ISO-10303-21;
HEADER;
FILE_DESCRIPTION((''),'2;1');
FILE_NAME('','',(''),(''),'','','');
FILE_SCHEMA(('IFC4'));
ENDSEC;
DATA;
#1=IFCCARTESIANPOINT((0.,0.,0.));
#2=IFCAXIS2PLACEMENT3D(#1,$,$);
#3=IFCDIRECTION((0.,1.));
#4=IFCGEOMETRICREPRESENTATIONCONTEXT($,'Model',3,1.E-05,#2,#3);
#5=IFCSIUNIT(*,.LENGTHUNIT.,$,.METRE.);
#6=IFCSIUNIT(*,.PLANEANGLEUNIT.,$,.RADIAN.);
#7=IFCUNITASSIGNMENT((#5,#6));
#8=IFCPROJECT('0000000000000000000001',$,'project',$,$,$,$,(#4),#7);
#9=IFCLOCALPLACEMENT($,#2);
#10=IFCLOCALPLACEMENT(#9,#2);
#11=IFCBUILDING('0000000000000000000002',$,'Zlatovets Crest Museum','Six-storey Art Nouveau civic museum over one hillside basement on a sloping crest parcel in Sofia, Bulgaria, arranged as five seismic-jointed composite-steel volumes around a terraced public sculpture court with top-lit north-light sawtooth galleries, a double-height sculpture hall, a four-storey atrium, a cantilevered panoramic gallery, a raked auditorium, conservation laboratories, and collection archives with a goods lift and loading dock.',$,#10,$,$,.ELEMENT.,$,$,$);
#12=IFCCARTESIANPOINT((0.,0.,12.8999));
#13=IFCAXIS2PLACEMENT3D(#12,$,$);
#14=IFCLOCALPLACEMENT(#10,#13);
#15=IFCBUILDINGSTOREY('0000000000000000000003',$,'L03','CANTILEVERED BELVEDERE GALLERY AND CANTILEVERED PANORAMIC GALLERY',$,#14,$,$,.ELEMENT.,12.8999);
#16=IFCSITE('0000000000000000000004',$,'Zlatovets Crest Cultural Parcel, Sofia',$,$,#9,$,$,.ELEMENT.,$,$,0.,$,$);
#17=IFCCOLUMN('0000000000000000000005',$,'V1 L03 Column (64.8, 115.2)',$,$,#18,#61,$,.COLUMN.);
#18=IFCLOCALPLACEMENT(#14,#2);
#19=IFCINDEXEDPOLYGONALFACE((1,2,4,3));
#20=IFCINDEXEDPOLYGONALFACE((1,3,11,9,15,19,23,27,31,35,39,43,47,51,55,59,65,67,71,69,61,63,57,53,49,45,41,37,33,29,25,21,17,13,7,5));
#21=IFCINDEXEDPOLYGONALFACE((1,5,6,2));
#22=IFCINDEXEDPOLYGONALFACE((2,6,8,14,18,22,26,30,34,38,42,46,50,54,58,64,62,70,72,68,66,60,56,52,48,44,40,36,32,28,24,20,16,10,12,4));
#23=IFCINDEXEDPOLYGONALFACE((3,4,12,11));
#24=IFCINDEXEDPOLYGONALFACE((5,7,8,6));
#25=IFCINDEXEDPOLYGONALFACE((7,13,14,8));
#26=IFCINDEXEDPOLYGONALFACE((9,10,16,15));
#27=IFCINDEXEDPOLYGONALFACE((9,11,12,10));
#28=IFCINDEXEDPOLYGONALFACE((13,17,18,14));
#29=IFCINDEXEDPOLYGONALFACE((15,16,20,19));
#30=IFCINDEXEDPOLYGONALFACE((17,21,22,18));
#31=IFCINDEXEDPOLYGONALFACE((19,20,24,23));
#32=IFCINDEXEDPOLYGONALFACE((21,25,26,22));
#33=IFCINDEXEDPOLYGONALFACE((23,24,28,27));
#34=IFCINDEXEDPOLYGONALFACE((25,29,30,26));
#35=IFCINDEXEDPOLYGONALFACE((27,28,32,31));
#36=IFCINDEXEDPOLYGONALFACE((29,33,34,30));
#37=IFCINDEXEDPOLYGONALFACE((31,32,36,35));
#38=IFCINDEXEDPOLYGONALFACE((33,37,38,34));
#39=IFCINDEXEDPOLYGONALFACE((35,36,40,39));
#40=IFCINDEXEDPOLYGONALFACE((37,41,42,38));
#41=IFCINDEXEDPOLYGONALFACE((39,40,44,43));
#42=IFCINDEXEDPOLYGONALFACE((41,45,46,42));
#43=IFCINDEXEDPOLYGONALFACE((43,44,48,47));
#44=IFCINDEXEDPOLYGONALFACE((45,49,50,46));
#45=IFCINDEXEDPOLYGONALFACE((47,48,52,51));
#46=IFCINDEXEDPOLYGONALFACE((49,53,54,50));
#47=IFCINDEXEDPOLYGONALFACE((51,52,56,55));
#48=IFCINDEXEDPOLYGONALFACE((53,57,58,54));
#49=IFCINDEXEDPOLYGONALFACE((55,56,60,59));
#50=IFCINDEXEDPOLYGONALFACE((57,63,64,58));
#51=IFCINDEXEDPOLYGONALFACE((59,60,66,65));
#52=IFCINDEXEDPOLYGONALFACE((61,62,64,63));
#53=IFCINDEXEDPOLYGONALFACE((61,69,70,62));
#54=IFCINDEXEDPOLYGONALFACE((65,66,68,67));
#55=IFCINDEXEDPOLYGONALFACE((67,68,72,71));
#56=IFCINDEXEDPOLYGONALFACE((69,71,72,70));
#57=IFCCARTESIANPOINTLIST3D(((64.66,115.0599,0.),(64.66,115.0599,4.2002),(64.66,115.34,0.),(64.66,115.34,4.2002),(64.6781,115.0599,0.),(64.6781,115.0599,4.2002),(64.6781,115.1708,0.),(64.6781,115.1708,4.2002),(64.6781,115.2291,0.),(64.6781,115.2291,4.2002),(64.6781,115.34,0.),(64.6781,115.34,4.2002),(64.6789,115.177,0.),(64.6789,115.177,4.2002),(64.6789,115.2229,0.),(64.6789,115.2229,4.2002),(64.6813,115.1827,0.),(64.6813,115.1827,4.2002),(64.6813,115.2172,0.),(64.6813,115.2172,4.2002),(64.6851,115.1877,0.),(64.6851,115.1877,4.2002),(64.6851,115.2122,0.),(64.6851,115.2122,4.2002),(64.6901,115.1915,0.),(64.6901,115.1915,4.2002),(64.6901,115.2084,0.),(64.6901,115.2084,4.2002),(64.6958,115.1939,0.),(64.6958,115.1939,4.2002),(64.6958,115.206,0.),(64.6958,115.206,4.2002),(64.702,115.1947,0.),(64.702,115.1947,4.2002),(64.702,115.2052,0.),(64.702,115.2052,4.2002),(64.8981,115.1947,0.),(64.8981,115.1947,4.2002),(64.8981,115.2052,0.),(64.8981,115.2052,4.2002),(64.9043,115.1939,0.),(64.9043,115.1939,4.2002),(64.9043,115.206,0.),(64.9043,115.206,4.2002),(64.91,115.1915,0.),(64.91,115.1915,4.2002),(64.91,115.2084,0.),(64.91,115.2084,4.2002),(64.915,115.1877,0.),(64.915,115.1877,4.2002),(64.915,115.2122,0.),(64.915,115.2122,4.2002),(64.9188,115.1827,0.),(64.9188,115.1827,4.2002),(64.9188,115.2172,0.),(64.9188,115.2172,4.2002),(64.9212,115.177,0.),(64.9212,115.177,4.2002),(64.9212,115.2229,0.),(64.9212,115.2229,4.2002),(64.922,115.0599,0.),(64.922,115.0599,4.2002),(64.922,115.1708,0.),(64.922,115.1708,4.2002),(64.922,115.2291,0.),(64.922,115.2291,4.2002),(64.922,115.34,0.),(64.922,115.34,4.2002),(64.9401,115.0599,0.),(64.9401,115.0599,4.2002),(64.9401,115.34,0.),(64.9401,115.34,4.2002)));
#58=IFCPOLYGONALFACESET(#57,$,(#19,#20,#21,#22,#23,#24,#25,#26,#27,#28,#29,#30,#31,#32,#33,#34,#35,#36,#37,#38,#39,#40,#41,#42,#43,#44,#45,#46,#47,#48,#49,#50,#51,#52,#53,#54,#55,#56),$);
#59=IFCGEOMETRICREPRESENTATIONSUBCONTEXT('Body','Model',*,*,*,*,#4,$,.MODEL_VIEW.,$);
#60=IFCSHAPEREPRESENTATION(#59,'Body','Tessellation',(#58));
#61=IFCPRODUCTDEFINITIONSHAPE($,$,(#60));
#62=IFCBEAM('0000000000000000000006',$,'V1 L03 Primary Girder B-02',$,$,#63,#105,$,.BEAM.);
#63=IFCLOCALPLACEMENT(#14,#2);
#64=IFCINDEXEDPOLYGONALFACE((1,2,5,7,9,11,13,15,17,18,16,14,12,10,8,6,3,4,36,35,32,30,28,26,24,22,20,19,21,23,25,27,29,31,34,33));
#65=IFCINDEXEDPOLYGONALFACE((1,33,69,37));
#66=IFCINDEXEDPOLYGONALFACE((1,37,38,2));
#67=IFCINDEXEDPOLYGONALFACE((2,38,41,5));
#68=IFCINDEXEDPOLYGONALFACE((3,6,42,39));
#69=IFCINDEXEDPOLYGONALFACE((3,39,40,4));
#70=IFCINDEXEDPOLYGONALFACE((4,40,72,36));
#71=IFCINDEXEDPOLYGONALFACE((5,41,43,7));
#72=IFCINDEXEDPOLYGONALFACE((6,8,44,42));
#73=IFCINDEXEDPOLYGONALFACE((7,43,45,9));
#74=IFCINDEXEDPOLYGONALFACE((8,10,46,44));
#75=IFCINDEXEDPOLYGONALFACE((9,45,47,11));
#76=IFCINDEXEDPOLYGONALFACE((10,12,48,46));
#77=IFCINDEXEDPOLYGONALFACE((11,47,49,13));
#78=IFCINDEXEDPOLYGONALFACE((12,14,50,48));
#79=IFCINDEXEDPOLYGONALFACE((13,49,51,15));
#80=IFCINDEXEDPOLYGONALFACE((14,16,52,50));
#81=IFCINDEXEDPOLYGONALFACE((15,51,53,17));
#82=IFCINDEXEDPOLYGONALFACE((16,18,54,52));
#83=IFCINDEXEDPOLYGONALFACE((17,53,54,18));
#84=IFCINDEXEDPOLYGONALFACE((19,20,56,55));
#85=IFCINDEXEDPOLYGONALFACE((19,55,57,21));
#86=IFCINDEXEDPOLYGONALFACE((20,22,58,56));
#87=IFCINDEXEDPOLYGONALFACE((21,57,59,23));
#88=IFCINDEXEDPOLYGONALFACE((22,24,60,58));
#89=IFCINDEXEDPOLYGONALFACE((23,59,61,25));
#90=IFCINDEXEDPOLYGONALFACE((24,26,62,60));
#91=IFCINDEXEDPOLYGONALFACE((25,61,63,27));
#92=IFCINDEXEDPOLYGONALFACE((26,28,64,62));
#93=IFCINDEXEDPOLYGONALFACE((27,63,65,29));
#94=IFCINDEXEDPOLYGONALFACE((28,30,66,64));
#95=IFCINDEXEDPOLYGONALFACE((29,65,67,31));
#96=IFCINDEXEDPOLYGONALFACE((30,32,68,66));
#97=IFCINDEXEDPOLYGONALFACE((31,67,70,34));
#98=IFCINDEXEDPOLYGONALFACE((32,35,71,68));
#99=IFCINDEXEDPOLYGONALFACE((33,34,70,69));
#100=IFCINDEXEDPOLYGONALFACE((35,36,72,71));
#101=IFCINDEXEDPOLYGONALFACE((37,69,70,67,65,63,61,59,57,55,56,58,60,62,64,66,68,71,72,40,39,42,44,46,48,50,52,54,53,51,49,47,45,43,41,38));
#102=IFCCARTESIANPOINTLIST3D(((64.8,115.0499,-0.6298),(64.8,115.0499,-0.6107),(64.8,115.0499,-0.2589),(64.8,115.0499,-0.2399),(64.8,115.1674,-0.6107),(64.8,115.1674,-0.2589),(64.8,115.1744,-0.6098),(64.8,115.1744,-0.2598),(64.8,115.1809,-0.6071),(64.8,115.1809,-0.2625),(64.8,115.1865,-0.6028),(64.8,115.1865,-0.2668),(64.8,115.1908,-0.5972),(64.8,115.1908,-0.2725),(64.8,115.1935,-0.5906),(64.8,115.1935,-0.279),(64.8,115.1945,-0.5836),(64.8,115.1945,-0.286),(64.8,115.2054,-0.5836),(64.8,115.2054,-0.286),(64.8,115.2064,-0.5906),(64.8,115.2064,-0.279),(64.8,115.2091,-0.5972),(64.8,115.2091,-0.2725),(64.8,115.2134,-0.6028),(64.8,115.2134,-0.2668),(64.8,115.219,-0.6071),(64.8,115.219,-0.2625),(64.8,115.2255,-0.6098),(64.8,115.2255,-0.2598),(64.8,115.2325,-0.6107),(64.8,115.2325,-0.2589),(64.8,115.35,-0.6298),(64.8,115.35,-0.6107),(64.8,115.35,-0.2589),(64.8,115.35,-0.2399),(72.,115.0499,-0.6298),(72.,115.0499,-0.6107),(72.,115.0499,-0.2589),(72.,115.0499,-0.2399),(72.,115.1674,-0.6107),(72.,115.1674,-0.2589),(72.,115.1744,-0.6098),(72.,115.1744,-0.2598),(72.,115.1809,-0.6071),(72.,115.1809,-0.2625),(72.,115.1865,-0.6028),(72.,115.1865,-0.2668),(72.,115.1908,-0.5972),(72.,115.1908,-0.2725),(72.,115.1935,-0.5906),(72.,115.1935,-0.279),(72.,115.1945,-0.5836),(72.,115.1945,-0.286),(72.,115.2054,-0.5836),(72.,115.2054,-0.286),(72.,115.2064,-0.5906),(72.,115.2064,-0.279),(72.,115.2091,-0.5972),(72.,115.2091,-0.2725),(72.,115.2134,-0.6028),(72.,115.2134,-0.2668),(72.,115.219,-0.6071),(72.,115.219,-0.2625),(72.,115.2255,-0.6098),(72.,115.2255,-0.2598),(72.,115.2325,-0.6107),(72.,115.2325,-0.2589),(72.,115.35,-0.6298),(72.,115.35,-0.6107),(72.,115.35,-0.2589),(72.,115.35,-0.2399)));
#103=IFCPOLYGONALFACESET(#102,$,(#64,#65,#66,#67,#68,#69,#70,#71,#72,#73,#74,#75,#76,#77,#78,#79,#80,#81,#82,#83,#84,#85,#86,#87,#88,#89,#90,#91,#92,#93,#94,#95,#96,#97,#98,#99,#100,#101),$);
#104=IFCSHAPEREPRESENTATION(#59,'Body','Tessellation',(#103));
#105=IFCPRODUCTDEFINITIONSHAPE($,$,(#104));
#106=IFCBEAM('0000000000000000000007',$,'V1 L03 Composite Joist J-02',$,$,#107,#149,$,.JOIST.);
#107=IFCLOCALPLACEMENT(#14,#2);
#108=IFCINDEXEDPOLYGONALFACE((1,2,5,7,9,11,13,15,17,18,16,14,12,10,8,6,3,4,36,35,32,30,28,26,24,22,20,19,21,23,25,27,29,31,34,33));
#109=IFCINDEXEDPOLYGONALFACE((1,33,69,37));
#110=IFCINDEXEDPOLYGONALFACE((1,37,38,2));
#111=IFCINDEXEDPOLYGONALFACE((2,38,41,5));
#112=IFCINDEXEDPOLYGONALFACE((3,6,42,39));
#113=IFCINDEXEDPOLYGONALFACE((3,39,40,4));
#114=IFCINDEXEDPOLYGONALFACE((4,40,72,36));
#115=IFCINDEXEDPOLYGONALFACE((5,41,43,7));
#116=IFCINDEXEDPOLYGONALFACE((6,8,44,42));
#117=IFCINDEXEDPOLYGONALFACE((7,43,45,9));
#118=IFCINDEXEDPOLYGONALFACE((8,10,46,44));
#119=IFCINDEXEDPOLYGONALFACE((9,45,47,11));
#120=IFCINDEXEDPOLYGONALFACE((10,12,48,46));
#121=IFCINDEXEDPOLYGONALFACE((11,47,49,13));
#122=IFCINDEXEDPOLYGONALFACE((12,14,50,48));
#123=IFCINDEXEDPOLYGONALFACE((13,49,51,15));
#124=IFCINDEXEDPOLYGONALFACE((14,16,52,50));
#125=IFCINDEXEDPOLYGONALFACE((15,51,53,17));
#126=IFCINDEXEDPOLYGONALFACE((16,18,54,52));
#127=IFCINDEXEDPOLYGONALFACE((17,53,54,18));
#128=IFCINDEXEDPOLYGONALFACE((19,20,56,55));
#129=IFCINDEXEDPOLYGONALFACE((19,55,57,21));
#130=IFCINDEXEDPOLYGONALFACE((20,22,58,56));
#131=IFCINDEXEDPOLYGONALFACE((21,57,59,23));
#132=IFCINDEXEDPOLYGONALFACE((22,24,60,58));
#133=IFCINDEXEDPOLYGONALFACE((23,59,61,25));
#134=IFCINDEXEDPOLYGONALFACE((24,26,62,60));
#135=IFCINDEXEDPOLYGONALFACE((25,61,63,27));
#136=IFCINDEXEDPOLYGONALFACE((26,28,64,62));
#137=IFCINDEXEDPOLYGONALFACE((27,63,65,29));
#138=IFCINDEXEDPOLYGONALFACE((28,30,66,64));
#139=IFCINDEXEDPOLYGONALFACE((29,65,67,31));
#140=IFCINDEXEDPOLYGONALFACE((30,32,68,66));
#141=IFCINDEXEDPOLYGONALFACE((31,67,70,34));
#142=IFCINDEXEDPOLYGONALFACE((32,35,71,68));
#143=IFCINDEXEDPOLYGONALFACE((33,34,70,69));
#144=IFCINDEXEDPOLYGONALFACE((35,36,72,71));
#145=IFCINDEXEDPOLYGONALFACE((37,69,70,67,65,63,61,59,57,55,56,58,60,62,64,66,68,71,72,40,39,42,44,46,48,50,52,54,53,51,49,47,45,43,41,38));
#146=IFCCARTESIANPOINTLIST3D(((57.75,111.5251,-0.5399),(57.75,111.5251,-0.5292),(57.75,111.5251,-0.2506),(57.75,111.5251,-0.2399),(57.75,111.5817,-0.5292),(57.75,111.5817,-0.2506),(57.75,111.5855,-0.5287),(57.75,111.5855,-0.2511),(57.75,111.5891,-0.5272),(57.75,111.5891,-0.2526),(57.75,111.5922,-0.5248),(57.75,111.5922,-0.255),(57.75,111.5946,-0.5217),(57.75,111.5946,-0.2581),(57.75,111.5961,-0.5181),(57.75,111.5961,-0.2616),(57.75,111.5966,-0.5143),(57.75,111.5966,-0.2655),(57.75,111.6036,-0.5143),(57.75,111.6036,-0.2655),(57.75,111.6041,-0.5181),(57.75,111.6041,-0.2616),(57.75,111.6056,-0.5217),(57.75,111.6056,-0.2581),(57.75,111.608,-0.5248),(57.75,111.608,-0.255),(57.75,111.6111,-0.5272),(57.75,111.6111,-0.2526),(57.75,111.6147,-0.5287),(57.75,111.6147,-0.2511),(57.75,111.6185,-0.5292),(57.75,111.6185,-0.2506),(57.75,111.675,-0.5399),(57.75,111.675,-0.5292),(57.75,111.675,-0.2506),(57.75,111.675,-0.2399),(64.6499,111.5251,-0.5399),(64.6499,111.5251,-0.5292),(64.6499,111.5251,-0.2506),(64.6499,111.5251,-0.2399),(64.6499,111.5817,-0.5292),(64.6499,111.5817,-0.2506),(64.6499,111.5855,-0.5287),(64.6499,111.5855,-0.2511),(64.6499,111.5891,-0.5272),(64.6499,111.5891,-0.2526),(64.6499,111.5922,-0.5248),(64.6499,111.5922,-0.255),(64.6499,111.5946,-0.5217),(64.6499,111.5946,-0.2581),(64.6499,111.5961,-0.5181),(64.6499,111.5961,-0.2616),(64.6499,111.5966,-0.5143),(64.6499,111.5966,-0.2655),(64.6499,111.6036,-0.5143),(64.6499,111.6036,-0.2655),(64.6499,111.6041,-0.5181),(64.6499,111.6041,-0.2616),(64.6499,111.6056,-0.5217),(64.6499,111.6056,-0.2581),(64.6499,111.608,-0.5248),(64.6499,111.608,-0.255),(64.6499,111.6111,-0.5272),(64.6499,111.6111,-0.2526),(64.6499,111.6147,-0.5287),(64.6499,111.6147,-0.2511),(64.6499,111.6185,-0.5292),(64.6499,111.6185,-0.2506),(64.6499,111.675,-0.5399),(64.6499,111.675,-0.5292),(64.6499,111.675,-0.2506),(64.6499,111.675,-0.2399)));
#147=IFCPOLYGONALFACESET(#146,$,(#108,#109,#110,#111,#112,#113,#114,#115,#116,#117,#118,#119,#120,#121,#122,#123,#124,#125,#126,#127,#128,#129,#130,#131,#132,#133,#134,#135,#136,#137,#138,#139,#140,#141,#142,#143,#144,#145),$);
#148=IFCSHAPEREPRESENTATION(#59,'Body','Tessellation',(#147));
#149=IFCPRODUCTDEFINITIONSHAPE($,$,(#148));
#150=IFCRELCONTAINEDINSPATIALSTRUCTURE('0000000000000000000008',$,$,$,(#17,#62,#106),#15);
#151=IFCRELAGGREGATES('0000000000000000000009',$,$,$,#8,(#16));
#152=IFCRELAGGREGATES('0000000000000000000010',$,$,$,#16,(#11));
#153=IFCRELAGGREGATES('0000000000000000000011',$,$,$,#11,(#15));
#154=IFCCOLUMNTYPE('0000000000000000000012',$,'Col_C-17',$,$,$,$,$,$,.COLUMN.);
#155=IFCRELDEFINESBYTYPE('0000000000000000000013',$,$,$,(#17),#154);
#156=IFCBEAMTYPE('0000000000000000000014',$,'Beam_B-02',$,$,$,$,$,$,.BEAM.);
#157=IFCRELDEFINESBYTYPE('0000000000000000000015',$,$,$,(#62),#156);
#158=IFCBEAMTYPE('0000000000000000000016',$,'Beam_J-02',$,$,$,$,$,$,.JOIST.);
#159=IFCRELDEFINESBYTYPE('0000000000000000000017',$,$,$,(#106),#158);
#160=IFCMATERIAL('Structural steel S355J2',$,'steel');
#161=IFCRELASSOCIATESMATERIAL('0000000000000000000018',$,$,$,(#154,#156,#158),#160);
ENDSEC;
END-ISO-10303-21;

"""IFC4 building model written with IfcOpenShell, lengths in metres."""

from ifc_helpers import new_model, si_unit, direction, frame, origin, origin_2d, place, context, subcontext, project, spatial, i_section, extrude, material, material_profile, profile_set, type_object, element, save


model = new_model("IFC4")

# Units and contexts
model_context = context("Model", 3, precision=1e-05, world=origin(), true_north=direction((0.0, 1.0)))
body_context = subcontext(model_context, "Body", "Model", "MODEL_VIEW")
ifc_project = project(units=[si_unit("LENGTHUNIT", "METRE"), si_unit("PLANEANGLEUNIT", "RADIAN")], contexts=[model_context])

# Site, building, storey
site_placement = place(None, origin())
site = spatial("IfcSite", under=ifc_project, at=site_placement, Name="Zlatovets Crest Cultural Parcel, Sofia", CompositionType="ELEMENT", RefElevation=0.0)
building_placement = place(site_placement, origin())
building = spatial("IfcBuilding", under=site, at=building_placement, Name="Zlatovets Crest Museum", Description="Six-storey Art Nouveau civic museum over one hillside basement on a sloping crest parcel in Sofia, Bulgaria, arranged as five seismic-jointed composite-steel volumes around a terraced public sculpture court with top-lit north-light sawtooth galleries, a double-height sculpture hall, a four-storey atrium, a cantilevered panoramic gallery, a raked auditorium, conservation laboratories, and collection archives with a goods lift and loading dock.", CompositionType="ELEMENT")
storey_placement = place(building_placement, frame((0.0, 0.0, 12.8999)))
storey = spatial("IfcBuildingStorey", under=building, at=storey_placement, Name="L03", Description="CANTILEVERED BELVEDERE GALLERY AND CANTILEVERED PANORAMIC GALLERY", CompositionType="ELEMENT", Elevation=12.8999)

# Column
ifc_material_1 = material(Name="Structural steel S355J2", Category="steel")
ifc_material_profile_1 = material_profile(ifc_material_1, i_section(OverallWidth=0.28, OverallDepth=0.28, WebThickness=0.0105, FlangeThickness=0.0181, FilletRadius=0.0239, at=origin_2d()), Name="HEB 280")
ifc_profile_set_1 = profile_set([ifc_material_profile_1], Name="Structural steel S355J2")
column_type = type_object("IfcColumnType", Name="Col_C-17", PredefinedType="COLUMN", material=ifc_profile_set_1)
column_placement = place(storey_placement, frame((64.8, 115.2, 0.0), z_axis=(0.0, 0.0, 1.0), x_axis=(0.0, 1.0, 0.0)))
element("IfcColumn", 1, at=column_placement, inside=storey, type_object=column_type, Name="V1 L03 Column (64.8, 115.2)", PredefinedType="COLUMN", context=body_context, shape_type="SweptSolid", body=[
    extrude(i_section(OverallWidth=0.28, OverallDepth=0.28, WebThickness=0.0105, FlangeThickness=0.0181, FilletRadius=0.0239, at=origin_2d()), origin(), (0.0, 0.0, 1.0), 4.2002),
])

# Beams
ifc_material_profile_2 = material_profile(ifc_material_1, i_section(OverallWidth=0.3, OverallDepth=0.3899, WebThickness=0.011, FlangeThickness=0.019, FilletRadius=0.0271, at=origin_2d()), Name="HEA 400")
ifc_profile_set_2 = profile_set([ifc_material_profile_2], Name="Structural steel S355J2")
beam_type_1 = type_object("IfcBeamType", Name="Beam_B-02", PredefinedType="BEAM", material=ifc_profile_set_2)
beam_1_placement = place(storey_placement, frame((64.8, 115.2, -0.4348), z_axis=(1.0, 0.0, 0.0), x_axis=(0.0, 1.0, 0.0)))
element("IfcBeam", 2, at=beam_1_placement, inside=storey, type_object=beam_type_1, Name="V1 L03 Primary Girder B-02", PredefinedType="BEAM", context=body_context, shape_type="SweptSolid", body=[
    extrude(i_section(OverallWidth=0.3, OverallDepth=0.3899, WebThickness=0.011, FlangeThickness=0.019, FilletRadius=0.0271, at=origin_2d()), origin(), (0.0, 0.0, 1.0), 7.2),
])
ifc_material_profile_3 = material_profile(ifc_material_1, i_section(OverallWidth=0.1499, OverallDepth=0.3, WebThickness=0.0071, FlangeThickness=0.0107, FilletRadius=0.0149, at=origin_2d()), Name="IPE 300")
ifc_profile_set_3 = profile_set([ifc_material_profile_3], Name="Structural steel S355J2")
beam_type_2 = type_object("IfcBeamType", Name="Beam_J-02", PredefinedType="JOIST", material=ifc_profile_set_3)
beam_2_placement = place(storey_placement, frame((57.75, 111.6001, -0.3899), z_axis=(1.0, 0.0, 0.0), x_axis=(0.0, 1.0, 0.0)))
element("IfcBeam", 3, at=beam_2_placement, inside=storey, type_object=beam_type_2, Name="V1 L03 Composite Joist J-02", PredefinedType="JOIST", context=body_context, shape_type="SweptSolid", body=[
    extrude(i_section(OverallWidth=0.1499, OverallDepth=0.3, WebThickness=0.0071, FlangeThickness=0.0107, FilletRadius=0.0149, at=origin_2d()), origin(), (0.0, 0.0, 1.0), 6.8999),
])

save(model, "model.ifc")
